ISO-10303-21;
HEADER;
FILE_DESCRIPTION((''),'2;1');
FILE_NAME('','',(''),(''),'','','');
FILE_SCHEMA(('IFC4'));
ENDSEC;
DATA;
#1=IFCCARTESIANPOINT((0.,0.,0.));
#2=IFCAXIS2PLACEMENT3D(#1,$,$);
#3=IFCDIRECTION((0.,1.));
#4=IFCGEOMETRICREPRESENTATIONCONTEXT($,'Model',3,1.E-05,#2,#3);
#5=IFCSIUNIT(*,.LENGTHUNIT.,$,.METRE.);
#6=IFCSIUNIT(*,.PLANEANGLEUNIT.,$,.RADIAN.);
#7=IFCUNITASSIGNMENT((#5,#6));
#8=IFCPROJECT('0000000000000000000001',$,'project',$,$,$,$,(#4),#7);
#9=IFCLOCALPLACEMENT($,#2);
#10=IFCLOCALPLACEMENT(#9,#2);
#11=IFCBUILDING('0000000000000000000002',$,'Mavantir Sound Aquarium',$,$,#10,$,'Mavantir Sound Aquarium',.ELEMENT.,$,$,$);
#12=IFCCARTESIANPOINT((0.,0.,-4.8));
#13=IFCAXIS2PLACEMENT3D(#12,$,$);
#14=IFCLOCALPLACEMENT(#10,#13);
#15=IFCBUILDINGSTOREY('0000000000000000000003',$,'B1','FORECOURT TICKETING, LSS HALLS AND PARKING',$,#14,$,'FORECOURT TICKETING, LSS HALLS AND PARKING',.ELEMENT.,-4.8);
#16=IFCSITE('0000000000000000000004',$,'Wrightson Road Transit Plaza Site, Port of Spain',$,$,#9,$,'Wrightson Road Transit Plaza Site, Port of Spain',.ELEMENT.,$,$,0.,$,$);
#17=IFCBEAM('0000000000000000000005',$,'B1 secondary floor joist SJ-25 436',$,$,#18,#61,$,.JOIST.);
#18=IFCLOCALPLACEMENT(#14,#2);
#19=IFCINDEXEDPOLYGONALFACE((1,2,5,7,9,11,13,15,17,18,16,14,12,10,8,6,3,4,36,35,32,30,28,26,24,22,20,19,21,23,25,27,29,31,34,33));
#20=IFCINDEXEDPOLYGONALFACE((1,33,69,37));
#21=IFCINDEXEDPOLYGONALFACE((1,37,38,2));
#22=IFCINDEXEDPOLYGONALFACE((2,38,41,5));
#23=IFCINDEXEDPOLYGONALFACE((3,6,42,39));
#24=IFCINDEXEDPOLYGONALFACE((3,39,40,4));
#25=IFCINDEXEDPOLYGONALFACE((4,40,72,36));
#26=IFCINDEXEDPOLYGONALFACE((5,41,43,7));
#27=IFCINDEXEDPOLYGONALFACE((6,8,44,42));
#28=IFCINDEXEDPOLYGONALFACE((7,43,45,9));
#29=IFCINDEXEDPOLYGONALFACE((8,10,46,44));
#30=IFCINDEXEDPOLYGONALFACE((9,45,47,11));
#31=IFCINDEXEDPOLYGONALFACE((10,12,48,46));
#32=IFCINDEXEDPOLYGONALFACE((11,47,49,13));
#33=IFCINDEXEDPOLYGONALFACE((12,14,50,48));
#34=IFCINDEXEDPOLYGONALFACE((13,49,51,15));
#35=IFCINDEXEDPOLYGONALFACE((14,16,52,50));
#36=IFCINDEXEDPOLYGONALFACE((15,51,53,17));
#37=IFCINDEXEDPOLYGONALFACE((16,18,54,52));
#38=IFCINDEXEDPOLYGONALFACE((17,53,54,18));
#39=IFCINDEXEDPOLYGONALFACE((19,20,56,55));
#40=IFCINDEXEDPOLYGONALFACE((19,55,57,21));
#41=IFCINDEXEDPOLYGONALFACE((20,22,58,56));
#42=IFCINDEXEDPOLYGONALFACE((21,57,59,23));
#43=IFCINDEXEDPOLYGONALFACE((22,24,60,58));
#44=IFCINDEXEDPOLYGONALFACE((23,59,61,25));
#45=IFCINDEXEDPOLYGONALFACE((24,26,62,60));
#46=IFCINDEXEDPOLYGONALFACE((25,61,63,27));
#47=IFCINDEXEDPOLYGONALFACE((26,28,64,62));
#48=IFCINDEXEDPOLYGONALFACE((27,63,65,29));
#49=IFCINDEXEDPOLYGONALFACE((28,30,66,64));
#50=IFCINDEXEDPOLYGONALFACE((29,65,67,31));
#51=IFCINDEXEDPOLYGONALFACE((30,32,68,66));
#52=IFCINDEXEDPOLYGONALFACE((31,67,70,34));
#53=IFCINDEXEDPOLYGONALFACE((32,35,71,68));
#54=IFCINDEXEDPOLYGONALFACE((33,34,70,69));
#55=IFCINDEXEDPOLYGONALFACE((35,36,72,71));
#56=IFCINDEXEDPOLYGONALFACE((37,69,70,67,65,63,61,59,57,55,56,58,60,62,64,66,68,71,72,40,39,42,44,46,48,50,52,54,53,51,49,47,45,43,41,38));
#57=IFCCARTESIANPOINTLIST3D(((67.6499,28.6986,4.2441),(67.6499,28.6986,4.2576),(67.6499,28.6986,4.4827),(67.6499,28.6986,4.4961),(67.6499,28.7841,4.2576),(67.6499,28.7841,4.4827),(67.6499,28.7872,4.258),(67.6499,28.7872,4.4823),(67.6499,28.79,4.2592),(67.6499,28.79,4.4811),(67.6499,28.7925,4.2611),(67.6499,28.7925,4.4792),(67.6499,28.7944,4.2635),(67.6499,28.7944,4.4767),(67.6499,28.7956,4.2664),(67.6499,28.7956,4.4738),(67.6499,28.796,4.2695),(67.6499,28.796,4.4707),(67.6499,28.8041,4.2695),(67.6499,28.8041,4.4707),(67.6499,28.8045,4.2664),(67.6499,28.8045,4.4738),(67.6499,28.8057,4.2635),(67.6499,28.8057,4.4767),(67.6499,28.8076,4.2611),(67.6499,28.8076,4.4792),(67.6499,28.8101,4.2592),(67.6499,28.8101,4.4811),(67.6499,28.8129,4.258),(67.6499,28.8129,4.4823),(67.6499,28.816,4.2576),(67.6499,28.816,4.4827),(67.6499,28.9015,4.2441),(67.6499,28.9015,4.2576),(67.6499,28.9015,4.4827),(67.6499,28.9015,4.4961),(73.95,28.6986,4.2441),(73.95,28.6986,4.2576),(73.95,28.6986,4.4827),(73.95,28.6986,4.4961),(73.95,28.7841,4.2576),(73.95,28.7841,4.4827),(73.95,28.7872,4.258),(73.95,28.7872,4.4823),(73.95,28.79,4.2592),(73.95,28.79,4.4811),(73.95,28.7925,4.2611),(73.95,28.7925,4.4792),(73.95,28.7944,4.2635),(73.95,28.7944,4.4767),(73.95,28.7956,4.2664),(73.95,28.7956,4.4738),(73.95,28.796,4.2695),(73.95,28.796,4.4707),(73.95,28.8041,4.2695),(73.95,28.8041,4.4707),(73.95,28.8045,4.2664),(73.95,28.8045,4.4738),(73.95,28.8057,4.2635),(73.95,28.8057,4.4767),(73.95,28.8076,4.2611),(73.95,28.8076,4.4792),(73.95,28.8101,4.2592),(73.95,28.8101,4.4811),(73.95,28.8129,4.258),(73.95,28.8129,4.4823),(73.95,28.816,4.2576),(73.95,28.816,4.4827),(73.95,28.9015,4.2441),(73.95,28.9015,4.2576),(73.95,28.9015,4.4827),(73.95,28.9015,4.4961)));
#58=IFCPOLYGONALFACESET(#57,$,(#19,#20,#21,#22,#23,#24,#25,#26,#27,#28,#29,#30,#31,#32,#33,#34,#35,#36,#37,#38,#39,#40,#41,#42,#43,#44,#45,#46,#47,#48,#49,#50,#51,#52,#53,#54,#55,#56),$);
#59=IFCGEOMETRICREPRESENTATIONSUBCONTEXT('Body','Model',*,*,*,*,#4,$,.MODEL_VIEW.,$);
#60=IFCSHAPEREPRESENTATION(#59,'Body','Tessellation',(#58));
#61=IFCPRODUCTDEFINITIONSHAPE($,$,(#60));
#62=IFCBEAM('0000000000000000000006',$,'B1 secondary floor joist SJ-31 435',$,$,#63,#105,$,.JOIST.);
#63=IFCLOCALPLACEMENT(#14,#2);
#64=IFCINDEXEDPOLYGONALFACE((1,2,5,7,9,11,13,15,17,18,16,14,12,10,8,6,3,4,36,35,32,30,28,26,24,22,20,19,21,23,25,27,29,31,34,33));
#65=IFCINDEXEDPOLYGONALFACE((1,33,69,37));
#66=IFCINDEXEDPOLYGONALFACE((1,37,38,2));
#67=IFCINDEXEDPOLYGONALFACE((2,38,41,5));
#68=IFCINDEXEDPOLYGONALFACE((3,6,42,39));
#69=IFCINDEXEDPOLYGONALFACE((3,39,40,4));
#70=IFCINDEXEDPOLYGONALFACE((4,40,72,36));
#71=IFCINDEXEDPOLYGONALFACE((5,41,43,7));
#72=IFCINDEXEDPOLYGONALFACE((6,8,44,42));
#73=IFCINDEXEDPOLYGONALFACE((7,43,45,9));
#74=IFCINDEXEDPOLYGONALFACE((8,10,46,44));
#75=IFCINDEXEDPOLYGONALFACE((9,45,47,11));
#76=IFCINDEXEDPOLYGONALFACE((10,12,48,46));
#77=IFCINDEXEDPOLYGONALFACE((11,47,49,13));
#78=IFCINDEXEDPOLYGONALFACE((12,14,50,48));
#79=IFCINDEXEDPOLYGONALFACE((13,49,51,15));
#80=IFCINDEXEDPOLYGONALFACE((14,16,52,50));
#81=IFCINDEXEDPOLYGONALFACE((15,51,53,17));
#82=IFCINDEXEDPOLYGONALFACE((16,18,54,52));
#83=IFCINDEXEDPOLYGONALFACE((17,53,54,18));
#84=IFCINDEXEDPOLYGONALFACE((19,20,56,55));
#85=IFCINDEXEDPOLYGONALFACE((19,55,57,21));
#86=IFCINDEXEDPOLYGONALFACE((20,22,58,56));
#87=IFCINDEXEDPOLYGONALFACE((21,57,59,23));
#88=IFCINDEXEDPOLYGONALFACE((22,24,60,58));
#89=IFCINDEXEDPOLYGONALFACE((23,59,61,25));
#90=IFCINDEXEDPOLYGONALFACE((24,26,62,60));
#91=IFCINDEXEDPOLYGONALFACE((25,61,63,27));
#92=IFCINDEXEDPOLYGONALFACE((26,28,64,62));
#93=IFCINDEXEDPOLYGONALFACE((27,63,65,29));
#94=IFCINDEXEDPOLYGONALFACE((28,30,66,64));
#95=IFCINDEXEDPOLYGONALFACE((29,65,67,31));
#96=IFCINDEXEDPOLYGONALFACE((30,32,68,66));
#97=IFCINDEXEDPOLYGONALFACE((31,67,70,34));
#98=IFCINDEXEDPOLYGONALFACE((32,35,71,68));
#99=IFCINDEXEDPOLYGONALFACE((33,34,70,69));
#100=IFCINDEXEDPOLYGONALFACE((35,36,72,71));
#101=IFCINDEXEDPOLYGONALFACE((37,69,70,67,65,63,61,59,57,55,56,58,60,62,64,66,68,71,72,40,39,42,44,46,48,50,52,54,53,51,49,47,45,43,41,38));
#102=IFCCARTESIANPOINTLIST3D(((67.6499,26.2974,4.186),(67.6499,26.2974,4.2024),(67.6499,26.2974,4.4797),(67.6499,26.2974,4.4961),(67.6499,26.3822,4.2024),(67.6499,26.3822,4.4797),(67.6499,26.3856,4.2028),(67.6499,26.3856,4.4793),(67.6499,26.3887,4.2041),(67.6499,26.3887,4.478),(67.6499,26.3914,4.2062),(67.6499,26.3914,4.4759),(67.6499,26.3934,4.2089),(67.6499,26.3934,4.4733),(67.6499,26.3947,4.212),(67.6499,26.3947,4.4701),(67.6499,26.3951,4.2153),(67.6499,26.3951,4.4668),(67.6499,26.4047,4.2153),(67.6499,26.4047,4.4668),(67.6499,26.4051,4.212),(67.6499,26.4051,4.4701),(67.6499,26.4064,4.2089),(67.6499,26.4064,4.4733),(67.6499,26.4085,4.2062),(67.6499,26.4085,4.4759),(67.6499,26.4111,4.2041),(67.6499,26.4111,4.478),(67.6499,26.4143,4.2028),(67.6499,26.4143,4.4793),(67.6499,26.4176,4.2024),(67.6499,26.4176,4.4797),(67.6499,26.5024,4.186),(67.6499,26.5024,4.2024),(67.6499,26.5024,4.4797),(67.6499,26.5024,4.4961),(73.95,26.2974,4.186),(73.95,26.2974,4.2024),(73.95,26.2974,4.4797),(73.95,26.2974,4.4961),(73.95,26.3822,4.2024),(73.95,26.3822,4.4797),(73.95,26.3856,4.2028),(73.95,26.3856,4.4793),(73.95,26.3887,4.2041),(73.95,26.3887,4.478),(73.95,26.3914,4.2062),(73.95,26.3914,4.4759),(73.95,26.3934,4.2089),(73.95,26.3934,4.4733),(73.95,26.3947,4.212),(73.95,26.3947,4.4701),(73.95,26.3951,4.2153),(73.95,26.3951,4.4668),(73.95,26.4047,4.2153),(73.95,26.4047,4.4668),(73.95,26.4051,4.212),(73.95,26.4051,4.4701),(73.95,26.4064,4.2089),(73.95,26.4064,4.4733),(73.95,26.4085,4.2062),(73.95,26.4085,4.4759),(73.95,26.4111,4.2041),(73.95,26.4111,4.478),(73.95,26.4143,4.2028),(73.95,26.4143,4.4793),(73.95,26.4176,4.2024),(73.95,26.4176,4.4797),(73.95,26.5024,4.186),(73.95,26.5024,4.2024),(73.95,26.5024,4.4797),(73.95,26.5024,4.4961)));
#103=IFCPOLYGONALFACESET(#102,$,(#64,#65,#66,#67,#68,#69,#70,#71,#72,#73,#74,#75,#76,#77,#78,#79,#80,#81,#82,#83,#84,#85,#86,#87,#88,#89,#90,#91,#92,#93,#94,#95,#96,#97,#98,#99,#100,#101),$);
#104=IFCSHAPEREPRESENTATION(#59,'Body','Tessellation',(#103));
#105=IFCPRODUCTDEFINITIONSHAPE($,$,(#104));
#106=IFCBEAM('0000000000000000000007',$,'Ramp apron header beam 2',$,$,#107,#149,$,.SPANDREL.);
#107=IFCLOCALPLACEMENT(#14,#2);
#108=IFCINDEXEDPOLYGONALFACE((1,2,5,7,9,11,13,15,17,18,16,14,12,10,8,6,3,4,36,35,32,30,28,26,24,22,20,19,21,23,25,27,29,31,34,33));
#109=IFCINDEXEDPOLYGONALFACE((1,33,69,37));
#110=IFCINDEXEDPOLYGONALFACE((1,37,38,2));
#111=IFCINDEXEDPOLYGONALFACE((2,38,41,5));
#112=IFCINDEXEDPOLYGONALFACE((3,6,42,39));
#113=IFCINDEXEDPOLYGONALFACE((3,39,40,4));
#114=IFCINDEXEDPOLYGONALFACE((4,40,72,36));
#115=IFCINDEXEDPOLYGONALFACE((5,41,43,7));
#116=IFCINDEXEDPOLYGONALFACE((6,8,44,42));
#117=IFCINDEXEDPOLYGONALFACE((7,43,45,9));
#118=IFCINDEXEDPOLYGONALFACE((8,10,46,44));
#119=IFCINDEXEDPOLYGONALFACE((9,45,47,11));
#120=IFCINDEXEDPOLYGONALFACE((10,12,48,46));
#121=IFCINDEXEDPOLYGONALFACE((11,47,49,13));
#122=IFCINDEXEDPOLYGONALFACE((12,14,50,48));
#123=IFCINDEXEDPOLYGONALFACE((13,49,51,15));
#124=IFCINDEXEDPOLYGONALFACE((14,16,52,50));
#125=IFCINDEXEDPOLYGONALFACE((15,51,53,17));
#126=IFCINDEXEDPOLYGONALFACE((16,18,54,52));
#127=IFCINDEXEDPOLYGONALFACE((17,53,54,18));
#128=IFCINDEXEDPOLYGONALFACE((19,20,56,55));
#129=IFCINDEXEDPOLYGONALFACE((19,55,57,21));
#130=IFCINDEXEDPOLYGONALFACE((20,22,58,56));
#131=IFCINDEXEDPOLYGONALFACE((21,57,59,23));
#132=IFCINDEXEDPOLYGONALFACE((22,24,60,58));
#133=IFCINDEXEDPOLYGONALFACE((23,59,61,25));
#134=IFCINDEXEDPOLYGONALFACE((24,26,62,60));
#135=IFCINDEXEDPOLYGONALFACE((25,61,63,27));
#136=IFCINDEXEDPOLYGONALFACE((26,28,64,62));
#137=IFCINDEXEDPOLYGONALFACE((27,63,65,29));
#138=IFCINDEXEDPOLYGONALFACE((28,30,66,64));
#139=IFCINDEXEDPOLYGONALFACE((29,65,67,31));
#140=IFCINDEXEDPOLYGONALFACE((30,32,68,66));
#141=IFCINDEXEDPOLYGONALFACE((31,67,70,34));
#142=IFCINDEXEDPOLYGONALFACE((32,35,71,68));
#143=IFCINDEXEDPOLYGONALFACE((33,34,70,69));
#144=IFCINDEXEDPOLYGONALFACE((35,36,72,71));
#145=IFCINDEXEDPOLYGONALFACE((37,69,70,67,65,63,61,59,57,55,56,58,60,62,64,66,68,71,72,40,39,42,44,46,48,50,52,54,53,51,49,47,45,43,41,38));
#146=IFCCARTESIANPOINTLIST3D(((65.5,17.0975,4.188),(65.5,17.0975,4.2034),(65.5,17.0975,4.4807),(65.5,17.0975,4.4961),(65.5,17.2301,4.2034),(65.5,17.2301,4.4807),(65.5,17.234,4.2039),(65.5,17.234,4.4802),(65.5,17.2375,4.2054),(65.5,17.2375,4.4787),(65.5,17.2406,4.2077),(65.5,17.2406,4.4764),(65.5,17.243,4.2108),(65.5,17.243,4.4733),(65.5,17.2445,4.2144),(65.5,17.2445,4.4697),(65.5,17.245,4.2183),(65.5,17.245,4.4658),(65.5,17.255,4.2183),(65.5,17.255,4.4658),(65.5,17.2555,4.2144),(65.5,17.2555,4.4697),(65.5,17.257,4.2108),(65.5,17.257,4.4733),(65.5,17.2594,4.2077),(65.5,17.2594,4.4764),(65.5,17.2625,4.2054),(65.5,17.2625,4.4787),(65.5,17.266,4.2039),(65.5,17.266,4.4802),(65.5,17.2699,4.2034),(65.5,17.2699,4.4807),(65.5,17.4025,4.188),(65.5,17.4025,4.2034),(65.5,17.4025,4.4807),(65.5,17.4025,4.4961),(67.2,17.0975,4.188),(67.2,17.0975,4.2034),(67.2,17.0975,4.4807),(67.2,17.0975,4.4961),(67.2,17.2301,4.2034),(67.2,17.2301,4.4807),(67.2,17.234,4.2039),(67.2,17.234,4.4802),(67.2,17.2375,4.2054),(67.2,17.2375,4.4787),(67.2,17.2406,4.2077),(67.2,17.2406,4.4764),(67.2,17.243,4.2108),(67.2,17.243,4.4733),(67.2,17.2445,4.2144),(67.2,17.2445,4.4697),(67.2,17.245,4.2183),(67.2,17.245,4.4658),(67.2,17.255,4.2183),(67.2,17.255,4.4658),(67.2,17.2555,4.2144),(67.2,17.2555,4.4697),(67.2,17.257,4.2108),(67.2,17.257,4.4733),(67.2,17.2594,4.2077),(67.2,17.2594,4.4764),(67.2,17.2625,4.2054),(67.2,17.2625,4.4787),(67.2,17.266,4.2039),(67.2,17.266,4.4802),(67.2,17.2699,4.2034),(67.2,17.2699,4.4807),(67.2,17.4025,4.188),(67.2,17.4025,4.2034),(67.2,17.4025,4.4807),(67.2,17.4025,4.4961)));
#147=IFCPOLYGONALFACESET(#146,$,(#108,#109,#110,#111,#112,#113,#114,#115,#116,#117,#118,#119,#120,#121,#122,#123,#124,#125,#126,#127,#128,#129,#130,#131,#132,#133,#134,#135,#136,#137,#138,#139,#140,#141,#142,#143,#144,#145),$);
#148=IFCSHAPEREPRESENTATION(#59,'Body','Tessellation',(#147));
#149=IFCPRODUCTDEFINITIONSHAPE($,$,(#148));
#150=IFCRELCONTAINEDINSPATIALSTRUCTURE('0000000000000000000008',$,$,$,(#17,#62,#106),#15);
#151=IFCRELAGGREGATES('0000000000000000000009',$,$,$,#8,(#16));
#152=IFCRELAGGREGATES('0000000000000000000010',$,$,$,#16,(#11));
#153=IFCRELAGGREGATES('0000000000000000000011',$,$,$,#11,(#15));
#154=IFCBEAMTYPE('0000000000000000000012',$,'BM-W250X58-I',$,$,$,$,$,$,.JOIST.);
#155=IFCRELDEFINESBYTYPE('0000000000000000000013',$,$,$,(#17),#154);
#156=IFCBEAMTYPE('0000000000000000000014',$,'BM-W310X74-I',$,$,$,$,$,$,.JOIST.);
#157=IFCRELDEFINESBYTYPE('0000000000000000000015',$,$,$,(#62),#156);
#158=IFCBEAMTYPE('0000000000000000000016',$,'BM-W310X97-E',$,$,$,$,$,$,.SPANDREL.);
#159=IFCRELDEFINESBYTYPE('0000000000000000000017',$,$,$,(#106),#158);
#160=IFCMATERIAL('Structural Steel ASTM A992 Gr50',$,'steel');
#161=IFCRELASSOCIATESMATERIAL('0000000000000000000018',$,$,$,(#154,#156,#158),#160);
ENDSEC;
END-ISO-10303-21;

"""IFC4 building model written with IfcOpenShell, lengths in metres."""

from ifc_helpers import new_model, si_unit, direction, frame, origin, origin_2d, place, context, subcontext, project, spatial, i_section, extrude, material, material_profile, profile_set, type_object, element, save


model = new_model("IFC4")

# Units and contexts
model_context = context("Model", 3, precision=1e-05, world=origin(), true_north=direction((0.0, 1.0)))
body_context = subcontext(model_context, "Body", "Model", "MODEL_VIEW")
ifc_project = project(units=[si_unit("LENGTHUNIT", "METRE"), si_unit("PLANEANGLEUNIT", "RADIAN")], contexts=[model_context])

# Site, building, storey
site_placement = place(None, origin())
site = spatial("IfcSite", under=ifc_project, at=site_placement, Name="Wrightson Road Transit Plaza Site, Port of Spain", LongName="Wrightson Road Transit Plaza Site, Port of Spain", CompositionType="ELEMENT", RefElevation=0.0)
building_placement = place(site_placement, origin())
building = spatial("IfcBuilding", under=site, at=building_placement, Name="Mavantir Sound Aquarium", LongName="Mavantir Sound Aquarium", CompositionType="ELEMENT")
storey_placement = place(building_placement, frame((0.0, 0.0, -4.8)))
storey = spatial("IfcBuildingStorey", under=building, at=storey_placement, Name="B1", Description="FORECOURT TICKETING, LSS HALLS AND PARKING", LongName="FORECOURT TICKETING, LSS HALLS AND PARKING", CompositionType="ELEMENT", Elevation=-4.8)

# Beams
ifc_material_1 = material(Name="Structural Steel ASTM A992 Gr50", Category="steel")
ifc_material_profile_1 = material_profile(ifc_material_1, i_section(OverallWidth=0.2029, OverallDepth=0.252, WebThickness=0.0081, FlangeThickness=0.0134, FilletRadius=0.012, at=origin_2d()), Name="W250X58")
ifc_profile_set_1 = profile_set([ifc_material_profile_1], Name="Structural Steel ASTM A992 Gr50")
beam_type_1 = type_object("IfcBeamType", Name="BM-W250X58-I", PredefinedType="JOIST", material=ifc_profile_set_1)
beam_1_placement = place(storey_placement, frame((67.6499, 28.8, 4.3701), z_axis=(1.0, 0.0, 0.0), x_axis=(0.0, 1.0, 0.0)))
element("IfcBeam", 1, at=beam_1_placement, inside=storey, type_object=beam_type_1, Name="B1 secondary floor joist SJ-25 436", PredefinedType="JOIST", context=body_context, shape_type="SweptSolid", body=[
    extrude(i_section(OverallWidth=0.2029, OverallDepth=0.252, WebThickness=0.0081, FlangeThickness=0.0134, FilletRadius=0.012, at=origin_2d()), origin(), (0.0, 0.0, 1.0), 6.3),
])
ifc_material_profile_2 = material_profile(ifc_material_1, i_section(OverallWidth=0.2051, OverallDepth=0.3101, WebThickness=0.0095, FlangeThickness=0.0164, FilletRadius=0.0129, at=origin_2d()), Name="W310X74")
ifc_profile_set_2 = profile_set([ifc_material_profile_2], Name="Structural Steel ASTM A992 Gr50")
beam_type_2 = type_object("IfcBeamType", Name="BM-W310X74-I", PredefinedType="JOIST", material=ifc_profile_set_2)
beam_2_placement = place(storey_placement, frame((67.6499, 26.3999, 4.3411), z_axis=(1.0, 0.0, 0.0), x_axis=(0.0, 1.0, 0.0)))
element("IfcBeam", 2, at=beam_2_placement, inside=storey, type_object=beam_type_2, Name="B1 secondary floor joist SJ-31 435", PredefinedType="JOIST", context=body_context, shape_type="SweptSolid", body=[
    extrude(i_section(OverallWidth=0.2051, OverallDepth=0.3101, WebThickness=0.0095, FlangeThickness=0.0164, FilletRadius=0.0129, at=origin_2d()), origin(), (0.0, 0.0, 1.0), 6.3),
])
ifc_material_profile_3 = material_profile(ifc_material_1, i_section(OverallWidth=0.3049, OverallDepth=0.3081, WebThickness=0.01, FlangeThickness=0.0154, FilletRadius=0.0149, at=origin_2d()), Name="W310X97")
ifc_profile_set_3 = profile_set([ifc_material_profile_3], Name="Structural Steel ASTM A992 Gr50")
beam_type_3 = type_object("IfcBeamType", Name="BM-W310X97-E", PredefinedType="SPANDREL", material=ifc_profile_set_3)
beam_3_placement = place(storey_placement, frame((65.5, 17.25, 4.342), z_axis=(1.0, 0.0, 0.0), x_axis=(0.0, 1.0, 0.0)))
element("IfcBeam", 3, at=beam_3_placement, inside=storey, type_object=beam_type_3, Name="Ramp apron header beam 2", PredefinedType="SPANDREL", context=body_context, shape_type="SweptSolid", body=[
    extrude(i_section(OverallWidth=0.3049, OverallDepth=0.3081, WebThickness=0.01, FlangeThickness=0.0154, FilletRadius=0.0149, at=origin_2d()), origin(), (0.0, 0.0, 1.0), 1.7),
])

save(model, "model.ifc")
